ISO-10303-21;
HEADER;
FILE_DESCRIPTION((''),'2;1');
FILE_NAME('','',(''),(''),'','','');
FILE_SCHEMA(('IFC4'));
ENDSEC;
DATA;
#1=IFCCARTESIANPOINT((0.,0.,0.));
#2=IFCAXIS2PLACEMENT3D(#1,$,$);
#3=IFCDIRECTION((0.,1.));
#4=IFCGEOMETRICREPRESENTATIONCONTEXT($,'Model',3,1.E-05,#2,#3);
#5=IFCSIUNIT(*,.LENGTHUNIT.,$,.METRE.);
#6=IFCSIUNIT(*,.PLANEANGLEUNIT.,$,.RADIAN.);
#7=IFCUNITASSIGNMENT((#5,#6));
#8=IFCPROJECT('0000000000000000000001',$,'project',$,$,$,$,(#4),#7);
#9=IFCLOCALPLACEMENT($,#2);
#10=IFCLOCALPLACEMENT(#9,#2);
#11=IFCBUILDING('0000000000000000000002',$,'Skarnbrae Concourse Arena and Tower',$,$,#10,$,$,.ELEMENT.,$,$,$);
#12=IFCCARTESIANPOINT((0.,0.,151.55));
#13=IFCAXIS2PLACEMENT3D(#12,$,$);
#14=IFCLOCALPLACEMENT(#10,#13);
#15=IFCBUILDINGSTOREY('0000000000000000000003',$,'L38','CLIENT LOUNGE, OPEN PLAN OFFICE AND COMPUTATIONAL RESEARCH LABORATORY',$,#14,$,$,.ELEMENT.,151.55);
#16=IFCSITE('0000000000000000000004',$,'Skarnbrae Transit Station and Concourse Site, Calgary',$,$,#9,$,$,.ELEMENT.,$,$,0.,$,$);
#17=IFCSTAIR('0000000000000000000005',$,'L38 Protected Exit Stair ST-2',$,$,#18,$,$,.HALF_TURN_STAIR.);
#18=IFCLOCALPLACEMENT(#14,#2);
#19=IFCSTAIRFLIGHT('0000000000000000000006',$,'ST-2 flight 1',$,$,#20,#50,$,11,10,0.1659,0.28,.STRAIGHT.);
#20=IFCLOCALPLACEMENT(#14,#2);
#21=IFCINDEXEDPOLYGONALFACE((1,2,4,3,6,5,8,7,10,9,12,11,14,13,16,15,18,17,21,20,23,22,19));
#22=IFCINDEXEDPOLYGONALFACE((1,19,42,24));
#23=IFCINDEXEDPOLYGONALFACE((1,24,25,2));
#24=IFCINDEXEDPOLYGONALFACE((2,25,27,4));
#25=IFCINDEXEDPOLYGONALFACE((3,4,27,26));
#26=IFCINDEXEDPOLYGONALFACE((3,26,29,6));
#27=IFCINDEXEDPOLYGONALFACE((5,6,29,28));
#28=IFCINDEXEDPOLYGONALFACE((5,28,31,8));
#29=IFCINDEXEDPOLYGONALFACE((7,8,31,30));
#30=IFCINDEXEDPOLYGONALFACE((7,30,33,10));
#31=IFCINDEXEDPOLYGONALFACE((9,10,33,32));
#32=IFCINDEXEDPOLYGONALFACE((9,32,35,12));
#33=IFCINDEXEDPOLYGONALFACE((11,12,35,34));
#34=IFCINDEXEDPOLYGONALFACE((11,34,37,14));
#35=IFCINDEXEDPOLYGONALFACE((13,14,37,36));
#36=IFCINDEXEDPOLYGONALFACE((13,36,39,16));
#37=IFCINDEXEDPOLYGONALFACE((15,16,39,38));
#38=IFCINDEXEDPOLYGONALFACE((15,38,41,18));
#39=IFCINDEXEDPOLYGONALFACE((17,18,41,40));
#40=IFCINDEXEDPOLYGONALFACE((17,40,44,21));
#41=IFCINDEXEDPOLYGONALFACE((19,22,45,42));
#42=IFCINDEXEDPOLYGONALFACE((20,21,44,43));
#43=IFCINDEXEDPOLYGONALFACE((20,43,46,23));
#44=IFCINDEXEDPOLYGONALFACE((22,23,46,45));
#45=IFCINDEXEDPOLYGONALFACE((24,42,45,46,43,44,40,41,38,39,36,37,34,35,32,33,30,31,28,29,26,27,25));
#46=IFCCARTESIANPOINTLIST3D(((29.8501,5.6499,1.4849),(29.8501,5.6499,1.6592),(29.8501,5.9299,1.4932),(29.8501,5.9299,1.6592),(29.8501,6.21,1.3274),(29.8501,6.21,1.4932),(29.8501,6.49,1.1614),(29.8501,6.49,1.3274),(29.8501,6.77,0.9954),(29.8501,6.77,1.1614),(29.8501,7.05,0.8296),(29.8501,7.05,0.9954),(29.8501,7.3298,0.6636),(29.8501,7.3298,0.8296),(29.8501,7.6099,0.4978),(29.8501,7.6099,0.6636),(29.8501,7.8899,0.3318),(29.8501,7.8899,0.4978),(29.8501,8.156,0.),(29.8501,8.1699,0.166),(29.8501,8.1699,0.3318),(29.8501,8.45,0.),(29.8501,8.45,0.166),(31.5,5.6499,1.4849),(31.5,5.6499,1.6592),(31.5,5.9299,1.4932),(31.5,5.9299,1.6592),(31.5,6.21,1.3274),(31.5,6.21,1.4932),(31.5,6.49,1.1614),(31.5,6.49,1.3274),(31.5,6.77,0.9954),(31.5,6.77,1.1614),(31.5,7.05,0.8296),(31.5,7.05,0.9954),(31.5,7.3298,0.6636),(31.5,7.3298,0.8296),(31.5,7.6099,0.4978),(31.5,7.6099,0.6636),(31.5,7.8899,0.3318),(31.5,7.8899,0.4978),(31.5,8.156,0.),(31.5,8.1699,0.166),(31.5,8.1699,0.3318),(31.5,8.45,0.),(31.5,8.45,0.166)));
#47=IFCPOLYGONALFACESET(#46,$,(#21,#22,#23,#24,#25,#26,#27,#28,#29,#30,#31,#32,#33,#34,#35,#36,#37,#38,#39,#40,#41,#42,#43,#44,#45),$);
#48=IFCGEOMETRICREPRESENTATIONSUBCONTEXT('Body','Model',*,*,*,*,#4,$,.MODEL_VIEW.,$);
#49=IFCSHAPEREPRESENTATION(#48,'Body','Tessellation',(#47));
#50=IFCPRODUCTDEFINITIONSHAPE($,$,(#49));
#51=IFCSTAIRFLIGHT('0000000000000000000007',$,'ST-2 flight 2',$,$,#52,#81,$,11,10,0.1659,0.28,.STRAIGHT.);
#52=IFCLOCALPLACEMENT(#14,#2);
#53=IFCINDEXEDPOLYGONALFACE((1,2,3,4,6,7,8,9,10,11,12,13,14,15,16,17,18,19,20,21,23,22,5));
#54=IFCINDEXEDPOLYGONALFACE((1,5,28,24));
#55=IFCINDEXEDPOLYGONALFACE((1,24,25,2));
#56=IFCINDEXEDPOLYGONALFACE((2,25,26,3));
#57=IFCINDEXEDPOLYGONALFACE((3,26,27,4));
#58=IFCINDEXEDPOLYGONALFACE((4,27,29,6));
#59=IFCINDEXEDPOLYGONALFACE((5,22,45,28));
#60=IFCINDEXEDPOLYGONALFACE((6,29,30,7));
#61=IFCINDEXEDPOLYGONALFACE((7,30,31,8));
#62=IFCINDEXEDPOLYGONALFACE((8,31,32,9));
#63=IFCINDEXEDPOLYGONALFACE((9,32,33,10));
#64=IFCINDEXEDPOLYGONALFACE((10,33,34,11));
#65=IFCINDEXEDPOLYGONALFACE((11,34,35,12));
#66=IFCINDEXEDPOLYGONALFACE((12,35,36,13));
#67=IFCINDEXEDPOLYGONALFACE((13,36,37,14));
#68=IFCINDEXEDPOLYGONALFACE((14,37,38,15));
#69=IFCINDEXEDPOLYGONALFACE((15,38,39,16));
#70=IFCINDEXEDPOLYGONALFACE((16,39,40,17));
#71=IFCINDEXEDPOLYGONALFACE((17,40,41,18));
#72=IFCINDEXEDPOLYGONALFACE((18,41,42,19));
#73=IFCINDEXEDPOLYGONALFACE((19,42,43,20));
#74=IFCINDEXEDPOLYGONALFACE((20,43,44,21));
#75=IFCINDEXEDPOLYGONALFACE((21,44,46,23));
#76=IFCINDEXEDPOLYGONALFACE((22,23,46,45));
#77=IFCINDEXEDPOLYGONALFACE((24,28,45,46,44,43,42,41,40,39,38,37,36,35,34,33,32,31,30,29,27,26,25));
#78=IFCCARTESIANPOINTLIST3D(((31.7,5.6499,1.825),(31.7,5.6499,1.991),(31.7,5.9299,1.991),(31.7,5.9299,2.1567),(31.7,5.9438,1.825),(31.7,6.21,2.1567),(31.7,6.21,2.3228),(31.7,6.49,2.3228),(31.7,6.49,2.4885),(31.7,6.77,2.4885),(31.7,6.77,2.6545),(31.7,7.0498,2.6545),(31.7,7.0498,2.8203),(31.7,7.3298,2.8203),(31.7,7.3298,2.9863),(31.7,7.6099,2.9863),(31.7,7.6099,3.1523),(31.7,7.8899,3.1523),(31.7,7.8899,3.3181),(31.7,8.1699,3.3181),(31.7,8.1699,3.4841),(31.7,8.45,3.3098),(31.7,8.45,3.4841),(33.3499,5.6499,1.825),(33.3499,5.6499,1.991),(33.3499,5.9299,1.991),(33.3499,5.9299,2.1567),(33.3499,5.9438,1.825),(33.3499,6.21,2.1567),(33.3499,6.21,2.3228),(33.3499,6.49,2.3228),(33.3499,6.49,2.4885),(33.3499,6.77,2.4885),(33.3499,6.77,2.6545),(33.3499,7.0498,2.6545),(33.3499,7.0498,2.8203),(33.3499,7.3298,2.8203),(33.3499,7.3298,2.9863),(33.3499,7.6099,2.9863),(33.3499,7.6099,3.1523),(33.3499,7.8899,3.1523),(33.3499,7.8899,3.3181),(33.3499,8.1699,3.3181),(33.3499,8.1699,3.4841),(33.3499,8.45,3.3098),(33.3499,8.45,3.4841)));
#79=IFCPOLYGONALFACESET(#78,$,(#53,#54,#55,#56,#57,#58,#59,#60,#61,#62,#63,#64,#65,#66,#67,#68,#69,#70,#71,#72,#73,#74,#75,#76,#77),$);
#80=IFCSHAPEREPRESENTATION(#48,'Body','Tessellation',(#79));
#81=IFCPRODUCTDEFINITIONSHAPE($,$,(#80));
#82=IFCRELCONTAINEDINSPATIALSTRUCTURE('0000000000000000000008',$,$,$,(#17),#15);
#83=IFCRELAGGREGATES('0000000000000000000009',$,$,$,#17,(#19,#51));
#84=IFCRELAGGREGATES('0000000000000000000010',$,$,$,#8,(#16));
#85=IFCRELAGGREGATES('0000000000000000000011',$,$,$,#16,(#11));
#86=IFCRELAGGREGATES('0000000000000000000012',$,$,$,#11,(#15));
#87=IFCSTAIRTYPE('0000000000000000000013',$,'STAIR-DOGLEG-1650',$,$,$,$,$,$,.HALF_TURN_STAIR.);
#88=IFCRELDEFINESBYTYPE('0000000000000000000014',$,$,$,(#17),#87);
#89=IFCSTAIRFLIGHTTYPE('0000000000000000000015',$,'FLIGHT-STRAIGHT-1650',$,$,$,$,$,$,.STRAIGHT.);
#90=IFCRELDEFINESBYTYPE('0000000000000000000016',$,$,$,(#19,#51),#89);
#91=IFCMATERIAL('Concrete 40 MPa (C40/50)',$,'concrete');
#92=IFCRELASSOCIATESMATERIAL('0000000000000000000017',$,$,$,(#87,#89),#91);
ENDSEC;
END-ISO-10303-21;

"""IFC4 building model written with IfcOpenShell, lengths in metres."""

from ifc_helpers import new_model, si_unit, direction, frame, origin, place, context, subcontext, project, spatial, polyline, outline, extrude, source, transform, mapped, material, type_object, element, aggregate, save


model = new_model("IFC4")

# Units and contexts
model_context = context("Model", 3, precision=1e-05, world=origin(), true_north=direction((0.0, 1.0)))
body_context = subcontext(model_context, "Body", "Model", "MODEL_VIEW")
ifc_project = project(units=[si_unit("LENGTHUNIT", "METRE"), si_unit("PLANEANGLEUNIT", "RADIAN")], contexts=[model_context])

# Site, building, storey
site_placement = place(None, origin())
site = spatial("IfcSite", under=ifc_project, at=site_placement, Name="Skarnbrae Transit Station and Concourse Site, Calgary", CompositionType="ELEMENT", RefElevation=0.0)
building_placement = place(site_placement, origin())
building = spatial("IfcBuilding", under=site, at=building_placement, Name="Skarnbrae Concourse Arena and Tower", CompositionType="ELEMENT")
storey_placement = place(building_placement, frame((0.0, 0.0, 151.55)))
storey = spatial("IfcBuildingStorey", under=building, at=storey_placement, Name="L38", Description="CLIENT LOUNGE, OPEN PLAN OFFICE AND COMPUTATIONAL RESEARCH LABORATORY", CompositionType="ELEMENT", Elevation=151.55)

# Stair, stair flights
ifc_material_1 = material(Name="Concrete 40 MPa (C40/50)", Category="concrete")
stair_type = type_object("IfcStairType", Name="STAIR-DOGLEG-1650", PredefinedType="HALF_TURN_STAIR", material=ifc_material_1)
stair_placement = place(storey_placement, origin())
stair = element("IfcStair", 1, at=stair_placement, inside=storey, type_object=stair_type, Name="L38 Protected Exit Stair ST-2", PredefinedType="HALF_TURN_STAIR")
stair_flight_type = type_object("IfcStairFlightType", Name="FLIGHT-STRAIGHT-1650", PredefinedType="STRAIGHT", material=ifc_material_1)
shared_shape_1 = source(origin(), body_context, "Body", "SweptSolid", [
    extrude(outline(polyline([(0.0, 0.0), (0.0, 0.166), (0.28, 0.166), (0.28, 0.3318), (0.5601, 0.3318), (0.5601, 0.4978), (0.8401, 0.4978), (0.8401, 0.6636), (1.1201, 0.6636), (1.1201, 0.8296), (1.3999, 0.8296), (1.3999, 0.9954), (1.6799, 0.9954), (1.6799, 1.1614), (1.96, 1.1614), (1.96, 1.3274), (2.24, 1.3274), (2.24, 1.4932), (2.52, 1.4932), (2.52, 1.6592), (2.8, 1.6592), (2.8, 1.825), (2.8, 1.4849), (0.2939, 0.0), (0.0, 0.0)])), frame((0.0, 0.825, 0.0), z_axis=(0.0, -1.0, 0.0), x_axis=(1.0, 0.0, 0.0)), (0.0, 0.0, 1.0), 1.6499),
])
stair_flight_1_placement = place(storey_placement, frame((30.675, 8.45, 0.0), z_axis=(0.0, 0.0, 1.0), x_axis=(0.0, -1.0, 0.0)))
stair_flight_1 = element("IfcStairFlight", 2, at=stair_flight_1_placement, type_object=stair_flight_type, Name="ST-2 flight 1", NumberOfRisers=11, NumberOfTreads=10, PredefinedType="STRAIGHT", RiserHeight=0.1659, TreadLength=0.28, context=body_context, shape_type="MappedRepresentation", body=[
    mapped(shared_shape_1, transform((0.0, 0.0, 0.0))),
])
stair_flight_2_placement = place(storey_placement, frame((32.5249, 5.6499, 1.825), z_axis=(0.0, 0.0, 1.0), x_axis=(0.0, 1.0, 0.0)))
stair_flight_2 = element("IfcStairFlight", 3, at=stair_flight_2_placement, type_object=stair_flight_type, Name="ST-2 flight 2", NumberOfRisers=11, NumberOfTreads=10, PredefinedType="STRAIGHT", RiserHeight=0.1659, TreadLength=0.28, context=body_context, shape_type="MappedRepresentation", body=[
    mapped(shared_shape_1, transform((0.0, 0.0, 0.0))),
])
aggregate(stair, [stair_flight_1, stair_flight_2])

save(model, "model.ifc")
